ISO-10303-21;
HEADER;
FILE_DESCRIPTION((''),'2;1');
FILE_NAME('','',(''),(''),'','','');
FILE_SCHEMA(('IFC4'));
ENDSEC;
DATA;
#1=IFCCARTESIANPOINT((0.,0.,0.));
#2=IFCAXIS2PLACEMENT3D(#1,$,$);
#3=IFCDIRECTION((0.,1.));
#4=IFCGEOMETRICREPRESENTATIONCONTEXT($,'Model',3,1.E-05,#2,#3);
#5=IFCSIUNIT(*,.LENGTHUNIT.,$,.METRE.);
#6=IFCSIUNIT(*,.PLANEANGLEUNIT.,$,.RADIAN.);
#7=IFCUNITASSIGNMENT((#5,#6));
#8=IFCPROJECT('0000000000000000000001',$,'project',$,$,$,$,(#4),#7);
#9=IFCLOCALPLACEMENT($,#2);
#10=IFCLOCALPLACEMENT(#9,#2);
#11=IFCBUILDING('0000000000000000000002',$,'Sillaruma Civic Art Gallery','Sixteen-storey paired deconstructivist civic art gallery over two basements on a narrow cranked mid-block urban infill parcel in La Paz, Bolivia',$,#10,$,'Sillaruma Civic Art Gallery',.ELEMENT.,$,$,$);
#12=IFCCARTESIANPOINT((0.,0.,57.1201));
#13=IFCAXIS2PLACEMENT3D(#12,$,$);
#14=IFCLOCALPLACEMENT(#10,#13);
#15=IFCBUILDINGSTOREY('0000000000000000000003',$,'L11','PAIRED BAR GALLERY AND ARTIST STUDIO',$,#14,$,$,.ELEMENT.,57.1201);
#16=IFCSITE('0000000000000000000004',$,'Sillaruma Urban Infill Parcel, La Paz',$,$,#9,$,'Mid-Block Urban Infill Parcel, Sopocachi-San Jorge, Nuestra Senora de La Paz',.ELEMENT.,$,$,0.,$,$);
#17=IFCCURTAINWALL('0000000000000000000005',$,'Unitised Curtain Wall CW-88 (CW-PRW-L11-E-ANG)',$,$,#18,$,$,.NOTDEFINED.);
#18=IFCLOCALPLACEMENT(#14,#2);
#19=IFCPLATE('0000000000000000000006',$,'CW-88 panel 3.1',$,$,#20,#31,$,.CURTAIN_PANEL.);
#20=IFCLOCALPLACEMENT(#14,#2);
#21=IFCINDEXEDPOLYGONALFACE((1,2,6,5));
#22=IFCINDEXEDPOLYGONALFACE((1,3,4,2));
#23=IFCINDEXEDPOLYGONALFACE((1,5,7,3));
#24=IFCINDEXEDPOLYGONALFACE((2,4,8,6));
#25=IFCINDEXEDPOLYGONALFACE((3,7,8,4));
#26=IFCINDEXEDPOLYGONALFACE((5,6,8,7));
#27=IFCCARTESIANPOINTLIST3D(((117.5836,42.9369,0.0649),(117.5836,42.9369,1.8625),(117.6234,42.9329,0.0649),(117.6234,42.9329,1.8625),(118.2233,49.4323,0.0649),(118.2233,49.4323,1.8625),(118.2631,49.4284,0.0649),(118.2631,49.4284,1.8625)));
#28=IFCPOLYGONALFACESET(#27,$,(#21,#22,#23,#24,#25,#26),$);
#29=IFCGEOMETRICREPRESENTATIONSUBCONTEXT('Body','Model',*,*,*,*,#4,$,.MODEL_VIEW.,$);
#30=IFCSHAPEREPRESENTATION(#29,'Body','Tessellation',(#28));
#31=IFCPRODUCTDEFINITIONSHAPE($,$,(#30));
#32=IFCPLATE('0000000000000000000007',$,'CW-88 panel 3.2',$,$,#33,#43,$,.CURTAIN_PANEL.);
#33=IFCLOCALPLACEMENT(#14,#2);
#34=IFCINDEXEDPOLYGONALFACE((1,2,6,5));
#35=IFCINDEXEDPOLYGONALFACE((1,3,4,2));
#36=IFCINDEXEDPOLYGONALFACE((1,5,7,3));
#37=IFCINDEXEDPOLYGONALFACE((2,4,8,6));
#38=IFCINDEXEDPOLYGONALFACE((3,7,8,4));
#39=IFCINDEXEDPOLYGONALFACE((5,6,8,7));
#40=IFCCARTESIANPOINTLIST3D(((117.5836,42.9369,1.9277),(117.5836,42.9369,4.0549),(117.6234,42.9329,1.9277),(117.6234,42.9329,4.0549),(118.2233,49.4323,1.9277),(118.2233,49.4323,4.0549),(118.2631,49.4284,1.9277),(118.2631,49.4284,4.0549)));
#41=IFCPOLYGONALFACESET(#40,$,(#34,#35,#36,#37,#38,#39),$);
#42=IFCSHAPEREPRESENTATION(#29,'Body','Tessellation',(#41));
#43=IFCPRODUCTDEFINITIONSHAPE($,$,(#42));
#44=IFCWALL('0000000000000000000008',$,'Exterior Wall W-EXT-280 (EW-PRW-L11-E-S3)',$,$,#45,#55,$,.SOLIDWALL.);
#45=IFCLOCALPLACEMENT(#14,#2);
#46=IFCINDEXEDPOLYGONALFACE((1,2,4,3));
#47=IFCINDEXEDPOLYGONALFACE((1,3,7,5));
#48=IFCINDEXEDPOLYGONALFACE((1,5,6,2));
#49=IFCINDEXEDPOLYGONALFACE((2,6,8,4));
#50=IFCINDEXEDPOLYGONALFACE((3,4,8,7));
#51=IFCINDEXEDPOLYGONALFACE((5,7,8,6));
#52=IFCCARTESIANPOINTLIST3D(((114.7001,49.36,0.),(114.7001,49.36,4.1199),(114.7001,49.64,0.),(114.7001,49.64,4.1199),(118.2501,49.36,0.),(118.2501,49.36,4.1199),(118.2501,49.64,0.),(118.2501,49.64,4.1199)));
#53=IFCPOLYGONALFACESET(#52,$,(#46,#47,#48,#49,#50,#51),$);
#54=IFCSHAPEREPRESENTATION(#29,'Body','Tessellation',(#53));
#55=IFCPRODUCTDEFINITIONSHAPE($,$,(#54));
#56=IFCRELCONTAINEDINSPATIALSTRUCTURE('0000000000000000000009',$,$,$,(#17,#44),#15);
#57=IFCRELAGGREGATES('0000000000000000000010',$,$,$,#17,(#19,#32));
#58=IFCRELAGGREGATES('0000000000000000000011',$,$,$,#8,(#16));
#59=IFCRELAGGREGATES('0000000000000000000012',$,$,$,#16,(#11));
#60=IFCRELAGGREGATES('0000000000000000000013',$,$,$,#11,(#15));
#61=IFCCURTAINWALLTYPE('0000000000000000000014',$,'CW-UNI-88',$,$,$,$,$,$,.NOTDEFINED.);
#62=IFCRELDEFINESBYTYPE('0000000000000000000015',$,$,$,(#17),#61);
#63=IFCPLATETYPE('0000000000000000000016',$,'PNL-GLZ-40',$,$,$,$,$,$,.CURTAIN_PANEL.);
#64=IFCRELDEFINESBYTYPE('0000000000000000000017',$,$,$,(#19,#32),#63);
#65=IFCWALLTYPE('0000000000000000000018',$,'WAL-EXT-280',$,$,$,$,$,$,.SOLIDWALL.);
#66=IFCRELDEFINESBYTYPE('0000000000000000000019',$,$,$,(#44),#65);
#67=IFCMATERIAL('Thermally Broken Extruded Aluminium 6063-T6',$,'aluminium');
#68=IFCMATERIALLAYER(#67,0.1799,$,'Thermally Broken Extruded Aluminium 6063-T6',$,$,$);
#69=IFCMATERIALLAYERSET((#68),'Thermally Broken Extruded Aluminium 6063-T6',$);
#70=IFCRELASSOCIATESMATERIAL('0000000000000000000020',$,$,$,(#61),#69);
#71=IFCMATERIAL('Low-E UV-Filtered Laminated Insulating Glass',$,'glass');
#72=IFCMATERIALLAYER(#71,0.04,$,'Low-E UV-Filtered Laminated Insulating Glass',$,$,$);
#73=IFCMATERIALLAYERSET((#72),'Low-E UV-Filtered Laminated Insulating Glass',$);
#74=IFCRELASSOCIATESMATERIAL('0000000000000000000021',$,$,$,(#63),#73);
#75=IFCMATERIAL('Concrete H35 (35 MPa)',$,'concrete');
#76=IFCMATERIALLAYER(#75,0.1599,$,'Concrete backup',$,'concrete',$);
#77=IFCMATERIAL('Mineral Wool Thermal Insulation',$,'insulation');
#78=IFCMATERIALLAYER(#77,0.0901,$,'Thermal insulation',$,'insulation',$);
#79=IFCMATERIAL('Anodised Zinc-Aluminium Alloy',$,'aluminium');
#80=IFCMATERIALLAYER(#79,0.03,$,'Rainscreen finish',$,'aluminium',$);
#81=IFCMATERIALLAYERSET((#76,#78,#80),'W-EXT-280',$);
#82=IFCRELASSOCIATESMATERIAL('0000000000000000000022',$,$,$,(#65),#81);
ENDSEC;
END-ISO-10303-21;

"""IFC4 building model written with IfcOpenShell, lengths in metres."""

from ifc_helpers import new_model, si_unit, direction, frame, frame_2d, origin, origin_2d, place, context, subcontext, project, spatial, rectangle, extrude, material, layer, layer_set, type_object, element, aggregate, save


model = new_model("IFC4")

# Units and contexts
model_context = context("Model", 3, precision=1e-05, world=origin(), true_north=direction((0.0, 1.0)))
body_context = subcontext(model_context, "Body", "Model", "MODEL_VIEW")
ifc_project = project(units=[si_unit("LENGTHUNIT", "METRE"), si_unit("PLANEANGLEUNIT", "RADIAN")], contexts=[model_context])

# Site, building, storey
site_placement = place(None, origin())
site = spatial("IfcSite", under=ifc_project, at=site_placement, Name="Sillaruma Urban Infill Parcel, La Paz", LongName="Mid-Block Urban Infill Parcel, Sopocachi-San Jorge, Nuestra Senora de La Paz", CompositionType="ELEMENT", RefElevation=0.0)
building_placement = place(site_placement, origin())
building = spatial("IfcBuilding", under=site, at=building_placement, Name="Sillaruma Civic Art Gallery", Description="Sixteen-storey paired deconstructivist civic art gallery over two basements on a narrow cranked mid-block urban infill parcel in La Paz, Bolivia", LongName="Sillaruma Civic Art Gallery", CompositionType="ELEMENT")
storey_placement = place(building_placement, frame((0.0, 0.0, 57.1201)))
storey = spatial("IfcBuildingStorey", under=building, at=storey_placement, Name="L11", Description="PAIRED BAR GALLERY AND ARTIST STUDIO", CompositionType="ELEMENT", Elevation=57.1201)

# Shared definitions
ifc_material_1 = material(Name="Concrete H35 (35 MPa)", Category="concrete")

# Curtain wall
ifc_material_2 = material(Name="Thermally Broken Extruded Aluminium 6063-T6", Category="aluminium")
ifc_layer_1 = layer(ifc_material_2, 0.1799, Name="Thermally Broken Extruded Aluminium 6063-T6")
ifc_layer_set_1 = layer_set([ifc_layer_1], Name="Thermally Broken Extruded Aluminium 6063-T6")
curtain_wall_type_1 = type_object("IfcCurtainWallType", Name="CW-UNI-88", PredefinedType="NOTDEFINED", material=ifc_layer_set_1)
curtain_wall_1_placement = place(storey_placement, origin())
curtain_wall_1 = element("IfcCurtainWall", 1, at=curtain_wall_1_placement, inside=storey, type_object=curtain_wall_type_1, Name="Unitised Curtain Wall CW-88 (CW-PRW-L11-E-ANG)", PredefinedType="NOTDEFINED")

# Shared definitions
ifc_material_3 = material(Name="Anodised Zinc-Aluminium Alloy", Category="aluminium")

# Plates
ifc_material_4 = material(Name="Low-E UV-Filtered Laminated Insulating Glass", Category="glass")
ifc_layer_2 = layer(ifc_material_4, 0.04, Name="Low-E UV-Filtered Laminated Insulating Glass")
ifc_layer_set_2 = layer_set([ifc_layer_2], Name="Low-E UV-Filtered Laminated Insulating Glass")
plate_type_1 = type_object("IfcPlateType", Name="PNL-GLZ-40", PredefinedType="CURTAIN_PANEL", material=ifc_layer_set_2)
plate_1_placement = place(storey_placement, frame((117.9233, 46.1826, 0.0649), z_axis=(0.0, 0.0, 1.0), x_axis=(0.098011, 0.995185, 0.0)))
plate_1 = element("IfcPlate", 2, at=plate_1_placement, type_object=plate_type_1, Name="CW-88 panel 3.1", PredefinedType="CURTAIN_PANEL", context=body_context, shape_type="SweptSolid", body=[
    extrude(rectangle(XDim=6.5269, YDim=0.04, at=origin_2d()), origin(), (0.0, 0.0, 1.0), 1.7976),
])
plate_2_placement = place(storey_placement, frame((117.9233, 46.1826, 1.9277), z_axis=(0.0, 0.0, 1.0), x_axis=(0.098011, 0.995185, 0.0)))
plate_2 = element("IfcPlate", 3, at=plate_2_placement, type_object=plate_type_1, Name="CW-88 panel 3.2", PredefinedType="CURTAIN_PANEL", context=body_context, shape_type="SweptSolid", body=[
    extrude(rectangle(XDim=6.5269, YDim=0.04, at=origin_2d()), origin(), (0.0, 0.0, 1.0), 2.1272),
])
aggregate(curtain_wall_1, [plate_1, plate_2])

# Wall
ifc_layer_3 = layer(ifc_material_1, 0.1599, Name="Concrete backup", Category="concrete")
ifc_material_5 = material(Name="Mineral Wool Thermal Insulation", Category="insulation")
ifc_layer_4 = layer(ifc_material_5, 0.0901, Name="Thermal insulation", Category="insulation")
ifc_layer_5 = layer(ifc_material_3, 0.03, Name="Rainscreen finish", Category="aluminium")
ifc_layer_set_3 = layer_set([ifc_layer_3, ifc_layer_4, ifc_layer_5], Name="W-EXT-280")
wall_type = type_object("IfcWallType", Name="WAL-EXT-280", PredefinedType="SOLIDWALL", material=ifc_layer_set_3)
wall_placement = place(storey_placement, frame((118.25, 49.5, 0.0), z_axis=(0.0, 0.0, 1.0), x_axis=(-1.0, 0.0, 0.0)))
element("IfcWall", 4, at=wall_placement, inside=storey, type_object=wall_type, Name="Exterior Wall W-EXT-280 (EW-PRW-L11-E-S3)", PredefinedType="SOLIDWALL", context=body_context, shape_type="SweptSolid", body=[
    extrude(rectangle(XDim=3.55, YDim=0.28, at=frame_2d((1.7749, 0.0))), origin(), (0.0, 0.0, 1.0), 4.1199),
])

save(model, "model.ifc")
